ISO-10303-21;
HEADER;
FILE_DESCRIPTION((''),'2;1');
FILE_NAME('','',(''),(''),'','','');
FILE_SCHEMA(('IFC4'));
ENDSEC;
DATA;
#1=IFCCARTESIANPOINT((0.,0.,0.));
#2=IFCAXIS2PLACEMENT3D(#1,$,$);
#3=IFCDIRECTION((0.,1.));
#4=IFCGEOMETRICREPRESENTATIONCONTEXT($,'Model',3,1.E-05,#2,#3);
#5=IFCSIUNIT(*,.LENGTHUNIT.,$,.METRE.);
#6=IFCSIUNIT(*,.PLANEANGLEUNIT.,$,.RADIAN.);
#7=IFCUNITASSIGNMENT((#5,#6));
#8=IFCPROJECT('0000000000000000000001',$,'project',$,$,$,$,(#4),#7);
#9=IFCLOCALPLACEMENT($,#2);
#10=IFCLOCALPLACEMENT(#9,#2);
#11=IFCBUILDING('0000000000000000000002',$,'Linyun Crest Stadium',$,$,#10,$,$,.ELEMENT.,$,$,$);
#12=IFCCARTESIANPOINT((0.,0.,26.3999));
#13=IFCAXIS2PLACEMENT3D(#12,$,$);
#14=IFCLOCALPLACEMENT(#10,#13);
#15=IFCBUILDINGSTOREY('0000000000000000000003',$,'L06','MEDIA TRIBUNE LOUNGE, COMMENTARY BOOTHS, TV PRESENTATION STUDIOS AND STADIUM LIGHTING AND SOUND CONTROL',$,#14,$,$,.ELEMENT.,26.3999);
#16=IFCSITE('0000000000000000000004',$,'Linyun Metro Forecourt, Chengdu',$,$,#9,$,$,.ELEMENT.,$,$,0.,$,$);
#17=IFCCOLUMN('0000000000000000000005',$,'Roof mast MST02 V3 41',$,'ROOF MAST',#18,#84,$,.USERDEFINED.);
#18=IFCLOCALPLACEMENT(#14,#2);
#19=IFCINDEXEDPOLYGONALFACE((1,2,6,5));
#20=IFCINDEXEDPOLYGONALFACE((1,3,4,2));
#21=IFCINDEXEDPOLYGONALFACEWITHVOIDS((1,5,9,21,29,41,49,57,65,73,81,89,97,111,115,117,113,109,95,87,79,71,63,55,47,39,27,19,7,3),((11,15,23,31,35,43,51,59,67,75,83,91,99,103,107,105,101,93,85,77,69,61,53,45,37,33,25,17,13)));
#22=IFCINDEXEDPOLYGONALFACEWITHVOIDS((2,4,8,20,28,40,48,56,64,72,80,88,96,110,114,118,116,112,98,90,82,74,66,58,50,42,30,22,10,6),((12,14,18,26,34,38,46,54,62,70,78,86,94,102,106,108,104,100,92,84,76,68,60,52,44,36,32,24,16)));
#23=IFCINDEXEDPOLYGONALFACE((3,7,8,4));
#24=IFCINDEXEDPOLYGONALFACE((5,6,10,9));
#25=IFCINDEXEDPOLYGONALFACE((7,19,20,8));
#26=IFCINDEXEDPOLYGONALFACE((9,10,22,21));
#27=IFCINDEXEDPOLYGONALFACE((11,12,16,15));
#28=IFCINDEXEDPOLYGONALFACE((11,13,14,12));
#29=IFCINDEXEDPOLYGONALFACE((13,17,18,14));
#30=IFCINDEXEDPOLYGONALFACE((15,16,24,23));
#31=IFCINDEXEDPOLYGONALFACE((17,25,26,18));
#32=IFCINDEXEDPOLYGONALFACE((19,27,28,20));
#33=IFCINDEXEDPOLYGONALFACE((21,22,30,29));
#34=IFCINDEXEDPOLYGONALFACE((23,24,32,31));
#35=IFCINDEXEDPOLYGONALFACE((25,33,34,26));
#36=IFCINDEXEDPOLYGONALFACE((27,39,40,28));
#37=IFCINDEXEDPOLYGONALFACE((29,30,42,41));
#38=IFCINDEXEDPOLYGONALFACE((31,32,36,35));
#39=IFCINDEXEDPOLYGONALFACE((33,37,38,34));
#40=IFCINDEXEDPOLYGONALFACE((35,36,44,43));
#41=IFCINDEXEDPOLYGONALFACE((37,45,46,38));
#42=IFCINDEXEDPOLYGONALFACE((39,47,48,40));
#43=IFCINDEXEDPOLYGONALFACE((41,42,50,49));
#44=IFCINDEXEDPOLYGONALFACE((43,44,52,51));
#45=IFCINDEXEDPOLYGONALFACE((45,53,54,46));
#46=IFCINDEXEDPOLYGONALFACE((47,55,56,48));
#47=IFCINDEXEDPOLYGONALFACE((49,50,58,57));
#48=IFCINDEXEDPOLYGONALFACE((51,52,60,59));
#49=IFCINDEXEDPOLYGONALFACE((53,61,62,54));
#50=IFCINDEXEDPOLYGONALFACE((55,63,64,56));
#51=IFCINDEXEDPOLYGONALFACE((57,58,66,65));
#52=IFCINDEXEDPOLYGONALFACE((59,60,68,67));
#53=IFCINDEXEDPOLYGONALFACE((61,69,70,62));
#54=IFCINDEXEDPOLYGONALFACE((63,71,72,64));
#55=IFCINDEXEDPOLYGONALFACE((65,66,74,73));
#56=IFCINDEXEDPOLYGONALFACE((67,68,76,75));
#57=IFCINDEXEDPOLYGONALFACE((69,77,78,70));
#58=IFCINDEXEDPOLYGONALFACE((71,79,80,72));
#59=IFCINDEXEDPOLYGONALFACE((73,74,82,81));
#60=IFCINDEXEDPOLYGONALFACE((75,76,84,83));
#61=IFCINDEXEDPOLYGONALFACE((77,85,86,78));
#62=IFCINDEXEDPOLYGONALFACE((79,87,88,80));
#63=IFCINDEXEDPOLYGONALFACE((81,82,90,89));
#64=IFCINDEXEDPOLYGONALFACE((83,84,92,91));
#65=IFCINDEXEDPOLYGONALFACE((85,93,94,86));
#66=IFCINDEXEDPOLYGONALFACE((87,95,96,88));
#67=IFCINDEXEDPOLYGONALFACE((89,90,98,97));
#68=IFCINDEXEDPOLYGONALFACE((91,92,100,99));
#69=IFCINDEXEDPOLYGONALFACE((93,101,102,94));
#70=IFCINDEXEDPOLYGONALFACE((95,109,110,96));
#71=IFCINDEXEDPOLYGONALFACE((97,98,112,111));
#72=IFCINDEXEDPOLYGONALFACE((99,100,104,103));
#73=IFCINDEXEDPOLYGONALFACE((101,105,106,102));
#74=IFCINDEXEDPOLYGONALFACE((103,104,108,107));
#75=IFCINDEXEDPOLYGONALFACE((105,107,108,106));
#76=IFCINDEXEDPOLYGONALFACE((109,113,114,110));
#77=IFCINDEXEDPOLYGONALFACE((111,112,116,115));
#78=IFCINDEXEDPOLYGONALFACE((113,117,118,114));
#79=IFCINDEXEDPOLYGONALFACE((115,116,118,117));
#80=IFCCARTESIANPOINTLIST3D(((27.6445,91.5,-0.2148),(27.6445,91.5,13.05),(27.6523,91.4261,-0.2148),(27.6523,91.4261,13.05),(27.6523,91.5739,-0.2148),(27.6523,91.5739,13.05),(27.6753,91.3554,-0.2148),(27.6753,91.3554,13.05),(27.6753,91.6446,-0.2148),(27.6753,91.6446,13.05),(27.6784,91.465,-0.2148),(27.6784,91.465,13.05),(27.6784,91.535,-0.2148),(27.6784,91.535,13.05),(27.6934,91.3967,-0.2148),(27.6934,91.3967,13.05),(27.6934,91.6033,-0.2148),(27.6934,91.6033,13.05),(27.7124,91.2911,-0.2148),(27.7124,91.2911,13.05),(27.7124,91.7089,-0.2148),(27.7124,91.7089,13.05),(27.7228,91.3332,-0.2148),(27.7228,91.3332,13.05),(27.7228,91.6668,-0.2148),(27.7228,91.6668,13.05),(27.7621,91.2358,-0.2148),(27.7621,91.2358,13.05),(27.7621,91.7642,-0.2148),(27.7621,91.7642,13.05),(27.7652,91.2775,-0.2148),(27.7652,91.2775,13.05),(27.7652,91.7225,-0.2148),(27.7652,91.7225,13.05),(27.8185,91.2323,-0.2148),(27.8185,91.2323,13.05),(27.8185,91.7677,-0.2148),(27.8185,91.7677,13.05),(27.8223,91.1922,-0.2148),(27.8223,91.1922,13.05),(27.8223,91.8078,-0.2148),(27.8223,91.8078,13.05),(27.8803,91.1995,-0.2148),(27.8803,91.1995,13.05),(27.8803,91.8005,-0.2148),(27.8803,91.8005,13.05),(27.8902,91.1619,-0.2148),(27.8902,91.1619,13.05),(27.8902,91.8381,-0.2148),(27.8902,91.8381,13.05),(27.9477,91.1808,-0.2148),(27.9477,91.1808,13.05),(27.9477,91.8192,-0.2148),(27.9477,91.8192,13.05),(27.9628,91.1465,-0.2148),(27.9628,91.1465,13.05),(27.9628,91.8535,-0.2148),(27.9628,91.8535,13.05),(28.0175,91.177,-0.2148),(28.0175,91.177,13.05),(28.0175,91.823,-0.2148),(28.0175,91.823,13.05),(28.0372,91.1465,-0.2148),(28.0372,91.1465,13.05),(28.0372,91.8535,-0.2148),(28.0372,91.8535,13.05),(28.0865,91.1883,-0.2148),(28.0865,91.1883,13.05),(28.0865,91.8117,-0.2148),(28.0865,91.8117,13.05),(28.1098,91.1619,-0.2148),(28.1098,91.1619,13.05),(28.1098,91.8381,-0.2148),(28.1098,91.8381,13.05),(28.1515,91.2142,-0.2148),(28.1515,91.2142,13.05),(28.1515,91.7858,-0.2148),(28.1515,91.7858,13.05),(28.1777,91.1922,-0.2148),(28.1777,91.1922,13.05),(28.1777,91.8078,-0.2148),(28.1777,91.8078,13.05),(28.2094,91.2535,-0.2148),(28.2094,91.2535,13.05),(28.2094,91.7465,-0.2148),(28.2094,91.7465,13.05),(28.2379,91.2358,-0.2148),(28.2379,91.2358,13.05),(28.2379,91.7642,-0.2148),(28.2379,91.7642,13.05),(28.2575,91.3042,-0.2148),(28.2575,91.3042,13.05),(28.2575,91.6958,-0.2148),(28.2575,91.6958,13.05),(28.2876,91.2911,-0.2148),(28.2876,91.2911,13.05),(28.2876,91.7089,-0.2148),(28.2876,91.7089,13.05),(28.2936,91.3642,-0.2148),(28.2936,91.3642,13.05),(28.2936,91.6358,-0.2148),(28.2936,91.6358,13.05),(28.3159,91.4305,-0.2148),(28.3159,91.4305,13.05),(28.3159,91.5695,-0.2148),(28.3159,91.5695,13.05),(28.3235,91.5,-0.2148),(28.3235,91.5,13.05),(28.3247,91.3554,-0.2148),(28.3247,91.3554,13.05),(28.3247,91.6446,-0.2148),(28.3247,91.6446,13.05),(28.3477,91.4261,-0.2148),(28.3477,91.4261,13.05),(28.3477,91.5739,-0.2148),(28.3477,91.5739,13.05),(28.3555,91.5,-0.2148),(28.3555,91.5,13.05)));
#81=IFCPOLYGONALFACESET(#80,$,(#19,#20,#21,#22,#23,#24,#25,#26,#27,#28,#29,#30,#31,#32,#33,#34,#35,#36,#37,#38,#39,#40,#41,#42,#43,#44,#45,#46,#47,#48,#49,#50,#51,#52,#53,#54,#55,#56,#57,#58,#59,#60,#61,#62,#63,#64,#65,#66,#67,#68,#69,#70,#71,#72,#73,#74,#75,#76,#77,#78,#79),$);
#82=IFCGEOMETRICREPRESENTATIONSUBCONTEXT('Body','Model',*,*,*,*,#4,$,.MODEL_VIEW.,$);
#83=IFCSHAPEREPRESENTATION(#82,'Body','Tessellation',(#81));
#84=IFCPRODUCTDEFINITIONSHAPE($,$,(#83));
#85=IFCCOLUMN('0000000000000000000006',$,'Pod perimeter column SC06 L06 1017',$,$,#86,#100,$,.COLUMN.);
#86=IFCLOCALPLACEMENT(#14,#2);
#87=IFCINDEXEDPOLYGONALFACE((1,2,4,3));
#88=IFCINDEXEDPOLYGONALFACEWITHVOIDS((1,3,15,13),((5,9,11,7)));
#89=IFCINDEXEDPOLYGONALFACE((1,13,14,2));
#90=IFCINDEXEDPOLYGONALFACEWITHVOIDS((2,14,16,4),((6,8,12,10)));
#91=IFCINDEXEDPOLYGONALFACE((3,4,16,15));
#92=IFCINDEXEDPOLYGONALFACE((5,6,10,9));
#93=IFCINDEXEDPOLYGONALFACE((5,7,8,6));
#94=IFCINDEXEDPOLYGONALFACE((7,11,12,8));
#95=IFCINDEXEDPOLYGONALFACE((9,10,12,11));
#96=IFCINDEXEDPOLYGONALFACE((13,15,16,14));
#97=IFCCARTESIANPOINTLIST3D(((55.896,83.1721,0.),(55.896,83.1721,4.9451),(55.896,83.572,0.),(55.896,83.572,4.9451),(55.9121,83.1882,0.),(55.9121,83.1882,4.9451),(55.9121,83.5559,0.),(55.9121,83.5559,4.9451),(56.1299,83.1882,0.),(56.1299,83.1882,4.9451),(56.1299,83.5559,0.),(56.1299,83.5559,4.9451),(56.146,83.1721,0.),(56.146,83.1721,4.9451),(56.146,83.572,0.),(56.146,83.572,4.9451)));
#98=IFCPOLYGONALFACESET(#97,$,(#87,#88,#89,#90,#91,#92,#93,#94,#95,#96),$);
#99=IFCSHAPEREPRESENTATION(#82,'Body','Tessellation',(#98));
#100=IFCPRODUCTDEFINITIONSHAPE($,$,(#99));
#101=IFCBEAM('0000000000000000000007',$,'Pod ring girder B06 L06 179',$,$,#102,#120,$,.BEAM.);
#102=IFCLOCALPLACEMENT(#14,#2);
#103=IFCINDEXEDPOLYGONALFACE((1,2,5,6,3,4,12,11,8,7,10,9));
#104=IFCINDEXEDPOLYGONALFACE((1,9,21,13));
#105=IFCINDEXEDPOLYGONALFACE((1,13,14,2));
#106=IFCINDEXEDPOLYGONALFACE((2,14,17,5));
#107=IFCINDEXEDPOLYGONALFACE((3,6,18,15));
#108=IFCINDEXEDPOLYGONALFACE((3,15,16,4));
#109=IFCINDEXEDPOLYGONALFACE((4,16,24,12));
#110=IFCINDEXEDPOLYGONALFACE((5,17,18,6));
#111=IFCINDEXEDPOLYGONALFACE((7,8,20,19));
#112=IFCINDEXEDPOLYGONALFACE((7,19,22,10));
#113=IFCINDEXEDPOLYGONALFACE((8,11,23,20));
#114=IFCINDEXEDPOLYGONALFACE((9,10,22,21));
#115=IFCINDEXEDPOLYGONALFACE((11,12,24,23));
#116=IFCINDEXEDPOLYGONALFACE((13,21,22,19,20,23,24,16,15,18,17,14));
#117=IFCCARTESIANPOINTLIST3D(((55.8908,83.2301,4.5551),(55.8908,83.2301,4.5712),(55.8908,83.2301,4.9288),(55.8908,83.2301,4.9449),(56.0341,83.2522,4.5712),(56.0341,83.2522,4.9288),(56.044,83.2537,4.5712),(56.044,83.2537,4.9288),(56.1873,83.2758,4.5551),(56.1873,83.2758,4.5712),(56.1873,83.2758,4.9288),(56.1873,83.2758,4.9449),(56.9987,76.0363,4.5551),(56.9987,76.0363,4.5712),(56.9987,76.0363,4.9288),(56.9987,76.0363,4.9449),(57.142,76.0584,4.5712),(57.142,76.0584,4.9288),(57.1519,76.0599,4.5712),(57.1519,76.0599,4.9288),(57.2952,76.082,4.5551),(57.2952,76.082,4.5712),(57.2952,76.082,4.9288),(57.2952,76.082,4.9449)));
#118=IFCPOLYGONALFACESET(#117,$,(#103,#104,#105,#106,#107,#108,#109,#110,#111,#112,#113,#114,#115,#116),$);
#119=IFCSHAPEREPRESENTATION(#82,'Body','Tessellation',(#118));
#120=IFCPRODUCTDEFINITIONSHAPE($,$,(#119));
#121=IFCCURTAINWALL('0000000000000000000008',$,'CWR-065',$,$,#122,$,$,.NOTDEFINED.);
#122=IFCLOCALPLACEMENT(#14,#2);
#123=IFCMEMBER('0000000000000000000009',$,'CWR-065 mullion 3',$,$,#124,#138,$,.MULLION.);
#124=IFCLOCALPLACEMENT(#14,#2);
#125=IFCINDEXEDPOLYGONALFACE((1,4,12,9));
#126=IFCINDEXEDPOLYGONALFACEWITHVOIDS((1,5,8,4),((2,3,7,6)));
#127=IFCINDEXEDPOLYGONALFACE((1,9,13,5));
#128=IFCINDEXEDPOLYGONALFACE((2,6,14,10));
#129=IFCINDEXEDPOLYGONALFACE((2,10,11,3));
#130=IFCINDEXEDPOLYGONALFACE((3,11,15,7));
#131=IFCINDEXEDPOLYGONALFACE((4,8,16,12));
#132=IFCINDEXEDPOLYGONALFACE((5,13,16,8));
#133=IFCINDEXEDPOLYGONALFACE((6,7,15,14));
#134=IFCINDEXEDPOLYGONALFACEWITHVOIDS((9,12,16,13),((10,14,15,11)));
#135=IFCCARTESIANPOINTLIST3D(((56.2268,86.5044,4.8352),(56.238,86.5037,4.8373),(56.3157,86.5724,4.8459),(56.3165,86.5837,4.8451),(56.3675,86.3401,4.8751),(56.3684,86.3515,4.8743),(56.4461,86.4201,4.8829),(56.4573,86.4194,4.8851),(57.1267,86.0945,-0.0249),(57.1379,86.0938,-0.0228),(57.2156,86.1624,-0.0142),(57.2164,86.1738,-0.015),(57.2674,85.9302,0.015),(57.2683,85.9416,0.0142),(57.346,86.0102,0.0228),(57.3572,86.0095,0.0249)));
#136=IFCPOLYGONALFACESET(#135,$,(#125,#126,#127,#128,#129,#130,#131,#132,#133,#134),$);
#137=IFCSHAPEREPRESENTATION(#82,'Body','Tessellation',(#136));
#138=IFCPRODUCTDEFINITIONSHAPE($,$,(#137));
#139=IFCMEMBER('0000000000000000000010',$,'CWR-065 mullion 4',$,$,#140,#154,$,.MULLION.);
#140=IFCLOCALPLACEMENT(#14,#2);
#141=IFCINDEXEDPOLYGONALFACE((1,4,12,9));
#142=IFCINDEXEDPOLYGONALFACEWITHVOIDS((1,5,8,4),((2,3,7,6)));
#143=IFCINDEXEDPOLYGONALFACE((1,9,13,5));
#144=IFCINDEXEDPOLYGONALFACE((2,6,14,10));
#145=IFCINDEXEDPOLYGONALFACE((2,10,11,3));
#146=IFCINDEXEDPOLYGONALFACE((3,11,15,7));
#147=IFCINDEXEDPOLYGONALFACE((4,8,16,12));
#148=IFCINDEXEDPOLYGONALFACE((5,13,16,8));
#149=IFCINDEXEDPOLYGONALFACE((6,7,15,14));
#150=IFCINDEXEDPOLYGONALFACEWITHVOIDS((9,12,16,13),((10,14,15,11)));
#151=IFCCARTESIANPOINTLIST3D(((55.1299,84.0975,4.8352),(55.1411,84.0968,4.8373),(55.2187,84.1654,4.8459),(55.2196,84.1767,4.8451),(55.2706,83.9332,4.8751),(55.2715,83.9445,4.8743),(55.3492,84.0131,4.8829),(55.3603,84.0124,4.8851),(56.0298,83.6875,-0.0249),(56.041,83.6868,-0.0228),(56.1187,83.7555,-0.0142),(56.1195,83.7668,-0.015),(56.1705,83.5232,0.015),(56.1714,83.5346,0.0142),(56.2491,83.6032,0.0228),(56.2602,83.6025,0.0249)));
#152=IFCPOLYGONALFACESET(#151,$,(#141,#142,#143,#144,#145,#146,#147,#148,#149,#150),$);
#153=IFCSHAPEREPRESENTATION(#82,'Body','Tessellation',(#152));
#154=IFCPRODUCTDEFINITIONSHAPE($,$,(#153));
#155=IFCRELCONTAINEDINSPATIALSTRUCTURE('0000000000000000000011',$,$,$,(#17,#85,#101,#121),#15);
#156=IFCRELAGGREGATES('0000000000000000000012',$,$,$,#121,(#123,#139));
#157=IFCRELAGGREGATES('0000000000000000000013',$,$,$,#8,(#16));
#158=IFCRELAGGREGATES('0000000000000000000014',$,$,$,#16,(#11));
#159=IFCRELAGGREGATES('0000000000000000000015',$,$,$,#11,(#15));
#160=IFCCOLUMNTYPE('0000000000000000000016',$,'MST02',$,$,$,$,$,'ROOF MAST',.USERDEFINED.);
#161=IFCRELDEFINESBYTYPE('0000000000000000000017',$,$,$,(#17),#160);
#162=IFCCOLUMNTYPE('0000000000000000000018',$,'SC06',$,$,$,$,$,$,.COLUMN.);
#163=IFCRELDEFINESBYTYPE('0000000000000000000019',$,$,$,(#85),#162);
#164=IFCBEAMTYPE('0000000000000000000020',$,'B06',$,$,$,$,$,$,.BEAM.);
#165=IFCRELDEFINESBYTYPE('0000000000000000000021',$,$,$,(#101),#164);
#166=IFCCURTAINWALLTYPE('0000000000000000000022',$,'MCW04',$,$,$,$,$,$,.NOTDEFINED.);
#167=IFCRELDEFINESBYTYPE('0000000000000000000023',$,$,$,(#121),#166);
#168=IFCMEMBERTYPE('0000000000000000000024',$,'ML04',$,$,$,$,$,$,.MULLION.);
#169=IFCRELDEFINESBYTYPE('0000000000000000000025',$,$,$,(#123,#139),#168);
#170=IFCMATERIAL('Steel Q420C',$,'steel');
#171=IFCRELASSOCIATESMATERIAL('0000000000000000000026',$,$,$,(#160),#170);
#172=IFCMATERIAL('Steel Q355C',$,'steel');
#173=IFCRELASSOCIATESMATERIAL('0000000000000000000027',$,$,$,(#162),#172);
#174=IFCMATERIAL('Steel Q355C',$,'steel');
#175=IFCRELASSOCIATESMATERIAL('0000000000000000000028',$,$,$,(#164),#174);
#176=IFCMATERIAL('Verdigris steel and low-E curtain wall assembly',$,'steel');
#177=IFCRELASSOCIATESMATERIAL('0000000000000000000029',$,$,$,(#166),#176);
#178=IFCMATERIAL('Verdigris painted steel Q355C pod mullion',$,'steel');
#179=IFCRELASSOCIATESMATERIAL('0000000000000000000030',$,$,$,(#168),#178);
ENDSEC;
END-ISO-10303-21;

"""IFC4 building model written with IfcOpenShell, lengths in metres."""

from ifc_helpers import new_model, si_unit, direction, frame, origin, origin_2d, place, context, subcontext, project, spatial, hollow_rectangle, hollow_circle, i_section, extrude, material, material_profile, profile_set, type_object, element, aggregate, save


model = new_model("IFC4")

# Units and contexts
model_context = context("Model", 3, precision=1e-05, world=origin(), true_north=direction((0.0, 1.0)))
body_context = subcontext(model_context, "Body", "Model", "MODEL_VIEW")
ifc_project = project(units=[si_unit("LENGTHUNIT", "METRE"), si_unit("PLANEANGLEUNIT", "RADIAN")], contexts=[model_context])

# Site, building, storey
site_placement = place(None, origin())
site = spatial("IfcSite", under=ifc_project, at=site_placement, Name="Linyun Metro Forecourt, Chengdu", CompositionType="ELEMENT", RefElevation=0.0)
building_placement = place(site_placement, origin())
building = spatial("IfcBuilding", under=site, at=building_placement, Name="Linyun Crest Stadium", CompositionType="ELEMENT")
storey_placement = place(building_placement, frame((0.0, 0.0, 26.3999)))
storey = spatial("IfcBuildingStorey", under=building, at=storey_placement, Name="L06", Description="MEDIA TRIBUNE LOUNGE, COMMENTARY BOOTHS, TV PRESENTATION STUDIOS AND STADIUM LIGHTING AND SOUND CONTROL", CompositionType="ELEMENT", Elevation=26.3999)

# Columns
ifc_material_1 = material(Name="Steel Q420C", Category="steel")
ifc_material_profile_1 = material_profile(ifc_material_1, hollow_circle(Radius=0.3555, WallThickness=0.032, at=origin_2d()), Name="CHS 711x32")
ifc_profile_set_1 = profile_set([ifc_material_profile_1], Name="Steel Q420C")
column_type_1 = type_object("IfcColumnType", Name="MST02", ElementType="ROOF MAST", PredefinedType="USERDEFINED", material=ifc_profile_set_1)
column_1_placement = place(storey_placement, frame((28.0, 91.5, -0.2148), z_axis=(0.0, 0.0, 1.0), x_axis=(1.0, 0.0, 0.0)))
element("IfcColumn", 1, at=column_1_placement, inside=storey, type_object=column_type_1, Name="Roof mast MST02 V3 41", ObjectType="ROOF MAST", PredefinedType="USERDEFINED", context=body_context, shape_type="SweptSolid", body=[
    extrude(hollow_circle(Radius=0.3555, WallThickness=0.032, at=origin_2d()), origin(), (0.0, 0.0, 1.0), 13.2649),
])
ifc_material_2 = material(Name="Steel Q355C", Category="steel")
ifc_material_profile_2 = material_profile(ifc_material_2, hollow_rectangle(XDim=0.25, YDim=0.3999, WallThickness=0.0161, at=origin_2d()), Name="RHS 400x250x16")
ifc_profile_set_2 = profile_set([ifc_material_profile_2], Name="Steel Q355C")
column_type_2 = type_object("IfcColumnType", Name="SC06", PredefinedType="COLUMN", material=ifc_profile_set_2)
column_2_placement = place(storey_placement, frame((56.021, 83.3721, 0.0), z_axis=(0.0, 0.0, 1.0), x_axis=(1.0, 0.0, 0.0)))
element("IfcColumn", 2, at=column_2_placement, inside=storey, type_object=column_type_2, Name="Pod perimeter column SC06 L06 1017", PredefinedType="COLUMN", context=body_context, shape_type="SweptSolid", body=[
    extrude(hollow_rectangle(XDim=0.25, YDim=0.3999, WallThickness=0.0161, at=origin_2d()), origin(), (0.0, 0.0, 1.0), 4.9451),
])

# Beam
ifc_material_3 = material(Name="Steel Q355C", Category="steel")
ifc_material_profile_3 = material_profile(ifc_material_3, i_section(OverallWidth=0.3, OverallDepth=0.3899, WebThickness=0.01, FlangeThickness=0.0161, at=origin_2d()), Name="HM 390x300")
ifc_profile_set_3 = profile_set([ifc_material_profile_3], Name="Steel Q355C")
beam_type = type_object("IfcBeamType", Name="B06", PredefinedType="BEAM", material=ifc_profile_set_3)
beam_placement = place(storey_placement, frame((56.0391, 83.2529, 4.75), z_axis=(0.152213, -0.988348, 0.0), x_axis=(0.988348, 0.152213, 0.0)))
element("IfcBeam", 3, at=beam_placement, inside=storey, type_object=beam_type, Name="Pod ring girder B06 L06 179", PredefinedType="BEAM", context=body_context, shape_type="SweptSolid", body=[
    extrude(i_section(OverallWidth=0.3, OverallDepth=0.3899, WebThickness=0.01, FlangeThickness=0.0161, at=origin_2d()), origin(), (0.0, 0.0, 1.0), 7.2786),
])

# Curtain wall, members
ifc_material_4 = material(Name="Verdigris steel and low-E curtain wall assembly", Category="steel")
curtain_wall_type = type_object("IfcCurtainWallType", Name="MCW04", PredefinedType="NOTDEFINED", material=ifc_material_4)
curtain_wall_placement = place(storey_placement, origin())
curtain_wall = element("IfcCurtainWall", 4, at=curtain_wall_placement, inside=storey, type_object=curtain_wall_type, Name="CWR-065", PredefinedType="NOTDEFINED")
ifc_material_5 = material(Name="Verdigris painted steel Q355C pod mullion", Category="steel")
ifc_material_profile_4 = material_profile(ifc_material_5, hollow_rectangle(XDim=0.1201, YDim=0.22, WallThickness=0.0081, at=origin_2d()), Name="RHS 220x120x8")
ifc_profile_set_4 = profile_set([ifc_material_profile_4], Name="Verdigris painted steel Q355C pod mullion")
member_type_1 = type_object("IfcMemberType", Name="ML04", PredefinedType="MULLION", material=ifc_profile_set_4)
member_1_placement = place(storey_placement, frame((57.2419, 86.052, 0.0), z_axis=(-0.181443, 0.082649, 0.979922), x_axis=(-0.746902, -0.659778, -0.08265)))
member_1 = element("IfcMember", 5, at=member_1_placement, type_object=member_type_1, Name="CWR-065 mullion 3", PredefinedType="MULLION", context=body_context, shape_type="SweptSolid", body=[
    extrude(hollow_rectangle(XDim=0.1201, YDim=0.22, WallThickness=0.0081, at=origin_2d()), origin(), (0.0, 0.0, 1.0), 4.9597),
])
member_2_placement = place(storey_placement, frame((56.145, 83.645, 0.0), z_axis=(-0.181443, 0.082649, 0.979922), x_axis=(-0.746902, -0.659778, -0.08265)))
member_2 = element("IfcMember", 6, at=member_2_placement, type_object=member_type_1, Name="CWR-065 mullion 4", PredefinedType="MULLION", context=body_context, shape_type="SweptSolid", body=[
    extrude(hollow_rectangle(XDim=0.1201, YDim=0.22, WallThickness=0.0081, at=origin_2d()), origin(), (0.0, 0.0, 1.0), 4.9597),
])

aggregate(curtain_wall, [member_1, member_2])

save(model, "model.ifc")
